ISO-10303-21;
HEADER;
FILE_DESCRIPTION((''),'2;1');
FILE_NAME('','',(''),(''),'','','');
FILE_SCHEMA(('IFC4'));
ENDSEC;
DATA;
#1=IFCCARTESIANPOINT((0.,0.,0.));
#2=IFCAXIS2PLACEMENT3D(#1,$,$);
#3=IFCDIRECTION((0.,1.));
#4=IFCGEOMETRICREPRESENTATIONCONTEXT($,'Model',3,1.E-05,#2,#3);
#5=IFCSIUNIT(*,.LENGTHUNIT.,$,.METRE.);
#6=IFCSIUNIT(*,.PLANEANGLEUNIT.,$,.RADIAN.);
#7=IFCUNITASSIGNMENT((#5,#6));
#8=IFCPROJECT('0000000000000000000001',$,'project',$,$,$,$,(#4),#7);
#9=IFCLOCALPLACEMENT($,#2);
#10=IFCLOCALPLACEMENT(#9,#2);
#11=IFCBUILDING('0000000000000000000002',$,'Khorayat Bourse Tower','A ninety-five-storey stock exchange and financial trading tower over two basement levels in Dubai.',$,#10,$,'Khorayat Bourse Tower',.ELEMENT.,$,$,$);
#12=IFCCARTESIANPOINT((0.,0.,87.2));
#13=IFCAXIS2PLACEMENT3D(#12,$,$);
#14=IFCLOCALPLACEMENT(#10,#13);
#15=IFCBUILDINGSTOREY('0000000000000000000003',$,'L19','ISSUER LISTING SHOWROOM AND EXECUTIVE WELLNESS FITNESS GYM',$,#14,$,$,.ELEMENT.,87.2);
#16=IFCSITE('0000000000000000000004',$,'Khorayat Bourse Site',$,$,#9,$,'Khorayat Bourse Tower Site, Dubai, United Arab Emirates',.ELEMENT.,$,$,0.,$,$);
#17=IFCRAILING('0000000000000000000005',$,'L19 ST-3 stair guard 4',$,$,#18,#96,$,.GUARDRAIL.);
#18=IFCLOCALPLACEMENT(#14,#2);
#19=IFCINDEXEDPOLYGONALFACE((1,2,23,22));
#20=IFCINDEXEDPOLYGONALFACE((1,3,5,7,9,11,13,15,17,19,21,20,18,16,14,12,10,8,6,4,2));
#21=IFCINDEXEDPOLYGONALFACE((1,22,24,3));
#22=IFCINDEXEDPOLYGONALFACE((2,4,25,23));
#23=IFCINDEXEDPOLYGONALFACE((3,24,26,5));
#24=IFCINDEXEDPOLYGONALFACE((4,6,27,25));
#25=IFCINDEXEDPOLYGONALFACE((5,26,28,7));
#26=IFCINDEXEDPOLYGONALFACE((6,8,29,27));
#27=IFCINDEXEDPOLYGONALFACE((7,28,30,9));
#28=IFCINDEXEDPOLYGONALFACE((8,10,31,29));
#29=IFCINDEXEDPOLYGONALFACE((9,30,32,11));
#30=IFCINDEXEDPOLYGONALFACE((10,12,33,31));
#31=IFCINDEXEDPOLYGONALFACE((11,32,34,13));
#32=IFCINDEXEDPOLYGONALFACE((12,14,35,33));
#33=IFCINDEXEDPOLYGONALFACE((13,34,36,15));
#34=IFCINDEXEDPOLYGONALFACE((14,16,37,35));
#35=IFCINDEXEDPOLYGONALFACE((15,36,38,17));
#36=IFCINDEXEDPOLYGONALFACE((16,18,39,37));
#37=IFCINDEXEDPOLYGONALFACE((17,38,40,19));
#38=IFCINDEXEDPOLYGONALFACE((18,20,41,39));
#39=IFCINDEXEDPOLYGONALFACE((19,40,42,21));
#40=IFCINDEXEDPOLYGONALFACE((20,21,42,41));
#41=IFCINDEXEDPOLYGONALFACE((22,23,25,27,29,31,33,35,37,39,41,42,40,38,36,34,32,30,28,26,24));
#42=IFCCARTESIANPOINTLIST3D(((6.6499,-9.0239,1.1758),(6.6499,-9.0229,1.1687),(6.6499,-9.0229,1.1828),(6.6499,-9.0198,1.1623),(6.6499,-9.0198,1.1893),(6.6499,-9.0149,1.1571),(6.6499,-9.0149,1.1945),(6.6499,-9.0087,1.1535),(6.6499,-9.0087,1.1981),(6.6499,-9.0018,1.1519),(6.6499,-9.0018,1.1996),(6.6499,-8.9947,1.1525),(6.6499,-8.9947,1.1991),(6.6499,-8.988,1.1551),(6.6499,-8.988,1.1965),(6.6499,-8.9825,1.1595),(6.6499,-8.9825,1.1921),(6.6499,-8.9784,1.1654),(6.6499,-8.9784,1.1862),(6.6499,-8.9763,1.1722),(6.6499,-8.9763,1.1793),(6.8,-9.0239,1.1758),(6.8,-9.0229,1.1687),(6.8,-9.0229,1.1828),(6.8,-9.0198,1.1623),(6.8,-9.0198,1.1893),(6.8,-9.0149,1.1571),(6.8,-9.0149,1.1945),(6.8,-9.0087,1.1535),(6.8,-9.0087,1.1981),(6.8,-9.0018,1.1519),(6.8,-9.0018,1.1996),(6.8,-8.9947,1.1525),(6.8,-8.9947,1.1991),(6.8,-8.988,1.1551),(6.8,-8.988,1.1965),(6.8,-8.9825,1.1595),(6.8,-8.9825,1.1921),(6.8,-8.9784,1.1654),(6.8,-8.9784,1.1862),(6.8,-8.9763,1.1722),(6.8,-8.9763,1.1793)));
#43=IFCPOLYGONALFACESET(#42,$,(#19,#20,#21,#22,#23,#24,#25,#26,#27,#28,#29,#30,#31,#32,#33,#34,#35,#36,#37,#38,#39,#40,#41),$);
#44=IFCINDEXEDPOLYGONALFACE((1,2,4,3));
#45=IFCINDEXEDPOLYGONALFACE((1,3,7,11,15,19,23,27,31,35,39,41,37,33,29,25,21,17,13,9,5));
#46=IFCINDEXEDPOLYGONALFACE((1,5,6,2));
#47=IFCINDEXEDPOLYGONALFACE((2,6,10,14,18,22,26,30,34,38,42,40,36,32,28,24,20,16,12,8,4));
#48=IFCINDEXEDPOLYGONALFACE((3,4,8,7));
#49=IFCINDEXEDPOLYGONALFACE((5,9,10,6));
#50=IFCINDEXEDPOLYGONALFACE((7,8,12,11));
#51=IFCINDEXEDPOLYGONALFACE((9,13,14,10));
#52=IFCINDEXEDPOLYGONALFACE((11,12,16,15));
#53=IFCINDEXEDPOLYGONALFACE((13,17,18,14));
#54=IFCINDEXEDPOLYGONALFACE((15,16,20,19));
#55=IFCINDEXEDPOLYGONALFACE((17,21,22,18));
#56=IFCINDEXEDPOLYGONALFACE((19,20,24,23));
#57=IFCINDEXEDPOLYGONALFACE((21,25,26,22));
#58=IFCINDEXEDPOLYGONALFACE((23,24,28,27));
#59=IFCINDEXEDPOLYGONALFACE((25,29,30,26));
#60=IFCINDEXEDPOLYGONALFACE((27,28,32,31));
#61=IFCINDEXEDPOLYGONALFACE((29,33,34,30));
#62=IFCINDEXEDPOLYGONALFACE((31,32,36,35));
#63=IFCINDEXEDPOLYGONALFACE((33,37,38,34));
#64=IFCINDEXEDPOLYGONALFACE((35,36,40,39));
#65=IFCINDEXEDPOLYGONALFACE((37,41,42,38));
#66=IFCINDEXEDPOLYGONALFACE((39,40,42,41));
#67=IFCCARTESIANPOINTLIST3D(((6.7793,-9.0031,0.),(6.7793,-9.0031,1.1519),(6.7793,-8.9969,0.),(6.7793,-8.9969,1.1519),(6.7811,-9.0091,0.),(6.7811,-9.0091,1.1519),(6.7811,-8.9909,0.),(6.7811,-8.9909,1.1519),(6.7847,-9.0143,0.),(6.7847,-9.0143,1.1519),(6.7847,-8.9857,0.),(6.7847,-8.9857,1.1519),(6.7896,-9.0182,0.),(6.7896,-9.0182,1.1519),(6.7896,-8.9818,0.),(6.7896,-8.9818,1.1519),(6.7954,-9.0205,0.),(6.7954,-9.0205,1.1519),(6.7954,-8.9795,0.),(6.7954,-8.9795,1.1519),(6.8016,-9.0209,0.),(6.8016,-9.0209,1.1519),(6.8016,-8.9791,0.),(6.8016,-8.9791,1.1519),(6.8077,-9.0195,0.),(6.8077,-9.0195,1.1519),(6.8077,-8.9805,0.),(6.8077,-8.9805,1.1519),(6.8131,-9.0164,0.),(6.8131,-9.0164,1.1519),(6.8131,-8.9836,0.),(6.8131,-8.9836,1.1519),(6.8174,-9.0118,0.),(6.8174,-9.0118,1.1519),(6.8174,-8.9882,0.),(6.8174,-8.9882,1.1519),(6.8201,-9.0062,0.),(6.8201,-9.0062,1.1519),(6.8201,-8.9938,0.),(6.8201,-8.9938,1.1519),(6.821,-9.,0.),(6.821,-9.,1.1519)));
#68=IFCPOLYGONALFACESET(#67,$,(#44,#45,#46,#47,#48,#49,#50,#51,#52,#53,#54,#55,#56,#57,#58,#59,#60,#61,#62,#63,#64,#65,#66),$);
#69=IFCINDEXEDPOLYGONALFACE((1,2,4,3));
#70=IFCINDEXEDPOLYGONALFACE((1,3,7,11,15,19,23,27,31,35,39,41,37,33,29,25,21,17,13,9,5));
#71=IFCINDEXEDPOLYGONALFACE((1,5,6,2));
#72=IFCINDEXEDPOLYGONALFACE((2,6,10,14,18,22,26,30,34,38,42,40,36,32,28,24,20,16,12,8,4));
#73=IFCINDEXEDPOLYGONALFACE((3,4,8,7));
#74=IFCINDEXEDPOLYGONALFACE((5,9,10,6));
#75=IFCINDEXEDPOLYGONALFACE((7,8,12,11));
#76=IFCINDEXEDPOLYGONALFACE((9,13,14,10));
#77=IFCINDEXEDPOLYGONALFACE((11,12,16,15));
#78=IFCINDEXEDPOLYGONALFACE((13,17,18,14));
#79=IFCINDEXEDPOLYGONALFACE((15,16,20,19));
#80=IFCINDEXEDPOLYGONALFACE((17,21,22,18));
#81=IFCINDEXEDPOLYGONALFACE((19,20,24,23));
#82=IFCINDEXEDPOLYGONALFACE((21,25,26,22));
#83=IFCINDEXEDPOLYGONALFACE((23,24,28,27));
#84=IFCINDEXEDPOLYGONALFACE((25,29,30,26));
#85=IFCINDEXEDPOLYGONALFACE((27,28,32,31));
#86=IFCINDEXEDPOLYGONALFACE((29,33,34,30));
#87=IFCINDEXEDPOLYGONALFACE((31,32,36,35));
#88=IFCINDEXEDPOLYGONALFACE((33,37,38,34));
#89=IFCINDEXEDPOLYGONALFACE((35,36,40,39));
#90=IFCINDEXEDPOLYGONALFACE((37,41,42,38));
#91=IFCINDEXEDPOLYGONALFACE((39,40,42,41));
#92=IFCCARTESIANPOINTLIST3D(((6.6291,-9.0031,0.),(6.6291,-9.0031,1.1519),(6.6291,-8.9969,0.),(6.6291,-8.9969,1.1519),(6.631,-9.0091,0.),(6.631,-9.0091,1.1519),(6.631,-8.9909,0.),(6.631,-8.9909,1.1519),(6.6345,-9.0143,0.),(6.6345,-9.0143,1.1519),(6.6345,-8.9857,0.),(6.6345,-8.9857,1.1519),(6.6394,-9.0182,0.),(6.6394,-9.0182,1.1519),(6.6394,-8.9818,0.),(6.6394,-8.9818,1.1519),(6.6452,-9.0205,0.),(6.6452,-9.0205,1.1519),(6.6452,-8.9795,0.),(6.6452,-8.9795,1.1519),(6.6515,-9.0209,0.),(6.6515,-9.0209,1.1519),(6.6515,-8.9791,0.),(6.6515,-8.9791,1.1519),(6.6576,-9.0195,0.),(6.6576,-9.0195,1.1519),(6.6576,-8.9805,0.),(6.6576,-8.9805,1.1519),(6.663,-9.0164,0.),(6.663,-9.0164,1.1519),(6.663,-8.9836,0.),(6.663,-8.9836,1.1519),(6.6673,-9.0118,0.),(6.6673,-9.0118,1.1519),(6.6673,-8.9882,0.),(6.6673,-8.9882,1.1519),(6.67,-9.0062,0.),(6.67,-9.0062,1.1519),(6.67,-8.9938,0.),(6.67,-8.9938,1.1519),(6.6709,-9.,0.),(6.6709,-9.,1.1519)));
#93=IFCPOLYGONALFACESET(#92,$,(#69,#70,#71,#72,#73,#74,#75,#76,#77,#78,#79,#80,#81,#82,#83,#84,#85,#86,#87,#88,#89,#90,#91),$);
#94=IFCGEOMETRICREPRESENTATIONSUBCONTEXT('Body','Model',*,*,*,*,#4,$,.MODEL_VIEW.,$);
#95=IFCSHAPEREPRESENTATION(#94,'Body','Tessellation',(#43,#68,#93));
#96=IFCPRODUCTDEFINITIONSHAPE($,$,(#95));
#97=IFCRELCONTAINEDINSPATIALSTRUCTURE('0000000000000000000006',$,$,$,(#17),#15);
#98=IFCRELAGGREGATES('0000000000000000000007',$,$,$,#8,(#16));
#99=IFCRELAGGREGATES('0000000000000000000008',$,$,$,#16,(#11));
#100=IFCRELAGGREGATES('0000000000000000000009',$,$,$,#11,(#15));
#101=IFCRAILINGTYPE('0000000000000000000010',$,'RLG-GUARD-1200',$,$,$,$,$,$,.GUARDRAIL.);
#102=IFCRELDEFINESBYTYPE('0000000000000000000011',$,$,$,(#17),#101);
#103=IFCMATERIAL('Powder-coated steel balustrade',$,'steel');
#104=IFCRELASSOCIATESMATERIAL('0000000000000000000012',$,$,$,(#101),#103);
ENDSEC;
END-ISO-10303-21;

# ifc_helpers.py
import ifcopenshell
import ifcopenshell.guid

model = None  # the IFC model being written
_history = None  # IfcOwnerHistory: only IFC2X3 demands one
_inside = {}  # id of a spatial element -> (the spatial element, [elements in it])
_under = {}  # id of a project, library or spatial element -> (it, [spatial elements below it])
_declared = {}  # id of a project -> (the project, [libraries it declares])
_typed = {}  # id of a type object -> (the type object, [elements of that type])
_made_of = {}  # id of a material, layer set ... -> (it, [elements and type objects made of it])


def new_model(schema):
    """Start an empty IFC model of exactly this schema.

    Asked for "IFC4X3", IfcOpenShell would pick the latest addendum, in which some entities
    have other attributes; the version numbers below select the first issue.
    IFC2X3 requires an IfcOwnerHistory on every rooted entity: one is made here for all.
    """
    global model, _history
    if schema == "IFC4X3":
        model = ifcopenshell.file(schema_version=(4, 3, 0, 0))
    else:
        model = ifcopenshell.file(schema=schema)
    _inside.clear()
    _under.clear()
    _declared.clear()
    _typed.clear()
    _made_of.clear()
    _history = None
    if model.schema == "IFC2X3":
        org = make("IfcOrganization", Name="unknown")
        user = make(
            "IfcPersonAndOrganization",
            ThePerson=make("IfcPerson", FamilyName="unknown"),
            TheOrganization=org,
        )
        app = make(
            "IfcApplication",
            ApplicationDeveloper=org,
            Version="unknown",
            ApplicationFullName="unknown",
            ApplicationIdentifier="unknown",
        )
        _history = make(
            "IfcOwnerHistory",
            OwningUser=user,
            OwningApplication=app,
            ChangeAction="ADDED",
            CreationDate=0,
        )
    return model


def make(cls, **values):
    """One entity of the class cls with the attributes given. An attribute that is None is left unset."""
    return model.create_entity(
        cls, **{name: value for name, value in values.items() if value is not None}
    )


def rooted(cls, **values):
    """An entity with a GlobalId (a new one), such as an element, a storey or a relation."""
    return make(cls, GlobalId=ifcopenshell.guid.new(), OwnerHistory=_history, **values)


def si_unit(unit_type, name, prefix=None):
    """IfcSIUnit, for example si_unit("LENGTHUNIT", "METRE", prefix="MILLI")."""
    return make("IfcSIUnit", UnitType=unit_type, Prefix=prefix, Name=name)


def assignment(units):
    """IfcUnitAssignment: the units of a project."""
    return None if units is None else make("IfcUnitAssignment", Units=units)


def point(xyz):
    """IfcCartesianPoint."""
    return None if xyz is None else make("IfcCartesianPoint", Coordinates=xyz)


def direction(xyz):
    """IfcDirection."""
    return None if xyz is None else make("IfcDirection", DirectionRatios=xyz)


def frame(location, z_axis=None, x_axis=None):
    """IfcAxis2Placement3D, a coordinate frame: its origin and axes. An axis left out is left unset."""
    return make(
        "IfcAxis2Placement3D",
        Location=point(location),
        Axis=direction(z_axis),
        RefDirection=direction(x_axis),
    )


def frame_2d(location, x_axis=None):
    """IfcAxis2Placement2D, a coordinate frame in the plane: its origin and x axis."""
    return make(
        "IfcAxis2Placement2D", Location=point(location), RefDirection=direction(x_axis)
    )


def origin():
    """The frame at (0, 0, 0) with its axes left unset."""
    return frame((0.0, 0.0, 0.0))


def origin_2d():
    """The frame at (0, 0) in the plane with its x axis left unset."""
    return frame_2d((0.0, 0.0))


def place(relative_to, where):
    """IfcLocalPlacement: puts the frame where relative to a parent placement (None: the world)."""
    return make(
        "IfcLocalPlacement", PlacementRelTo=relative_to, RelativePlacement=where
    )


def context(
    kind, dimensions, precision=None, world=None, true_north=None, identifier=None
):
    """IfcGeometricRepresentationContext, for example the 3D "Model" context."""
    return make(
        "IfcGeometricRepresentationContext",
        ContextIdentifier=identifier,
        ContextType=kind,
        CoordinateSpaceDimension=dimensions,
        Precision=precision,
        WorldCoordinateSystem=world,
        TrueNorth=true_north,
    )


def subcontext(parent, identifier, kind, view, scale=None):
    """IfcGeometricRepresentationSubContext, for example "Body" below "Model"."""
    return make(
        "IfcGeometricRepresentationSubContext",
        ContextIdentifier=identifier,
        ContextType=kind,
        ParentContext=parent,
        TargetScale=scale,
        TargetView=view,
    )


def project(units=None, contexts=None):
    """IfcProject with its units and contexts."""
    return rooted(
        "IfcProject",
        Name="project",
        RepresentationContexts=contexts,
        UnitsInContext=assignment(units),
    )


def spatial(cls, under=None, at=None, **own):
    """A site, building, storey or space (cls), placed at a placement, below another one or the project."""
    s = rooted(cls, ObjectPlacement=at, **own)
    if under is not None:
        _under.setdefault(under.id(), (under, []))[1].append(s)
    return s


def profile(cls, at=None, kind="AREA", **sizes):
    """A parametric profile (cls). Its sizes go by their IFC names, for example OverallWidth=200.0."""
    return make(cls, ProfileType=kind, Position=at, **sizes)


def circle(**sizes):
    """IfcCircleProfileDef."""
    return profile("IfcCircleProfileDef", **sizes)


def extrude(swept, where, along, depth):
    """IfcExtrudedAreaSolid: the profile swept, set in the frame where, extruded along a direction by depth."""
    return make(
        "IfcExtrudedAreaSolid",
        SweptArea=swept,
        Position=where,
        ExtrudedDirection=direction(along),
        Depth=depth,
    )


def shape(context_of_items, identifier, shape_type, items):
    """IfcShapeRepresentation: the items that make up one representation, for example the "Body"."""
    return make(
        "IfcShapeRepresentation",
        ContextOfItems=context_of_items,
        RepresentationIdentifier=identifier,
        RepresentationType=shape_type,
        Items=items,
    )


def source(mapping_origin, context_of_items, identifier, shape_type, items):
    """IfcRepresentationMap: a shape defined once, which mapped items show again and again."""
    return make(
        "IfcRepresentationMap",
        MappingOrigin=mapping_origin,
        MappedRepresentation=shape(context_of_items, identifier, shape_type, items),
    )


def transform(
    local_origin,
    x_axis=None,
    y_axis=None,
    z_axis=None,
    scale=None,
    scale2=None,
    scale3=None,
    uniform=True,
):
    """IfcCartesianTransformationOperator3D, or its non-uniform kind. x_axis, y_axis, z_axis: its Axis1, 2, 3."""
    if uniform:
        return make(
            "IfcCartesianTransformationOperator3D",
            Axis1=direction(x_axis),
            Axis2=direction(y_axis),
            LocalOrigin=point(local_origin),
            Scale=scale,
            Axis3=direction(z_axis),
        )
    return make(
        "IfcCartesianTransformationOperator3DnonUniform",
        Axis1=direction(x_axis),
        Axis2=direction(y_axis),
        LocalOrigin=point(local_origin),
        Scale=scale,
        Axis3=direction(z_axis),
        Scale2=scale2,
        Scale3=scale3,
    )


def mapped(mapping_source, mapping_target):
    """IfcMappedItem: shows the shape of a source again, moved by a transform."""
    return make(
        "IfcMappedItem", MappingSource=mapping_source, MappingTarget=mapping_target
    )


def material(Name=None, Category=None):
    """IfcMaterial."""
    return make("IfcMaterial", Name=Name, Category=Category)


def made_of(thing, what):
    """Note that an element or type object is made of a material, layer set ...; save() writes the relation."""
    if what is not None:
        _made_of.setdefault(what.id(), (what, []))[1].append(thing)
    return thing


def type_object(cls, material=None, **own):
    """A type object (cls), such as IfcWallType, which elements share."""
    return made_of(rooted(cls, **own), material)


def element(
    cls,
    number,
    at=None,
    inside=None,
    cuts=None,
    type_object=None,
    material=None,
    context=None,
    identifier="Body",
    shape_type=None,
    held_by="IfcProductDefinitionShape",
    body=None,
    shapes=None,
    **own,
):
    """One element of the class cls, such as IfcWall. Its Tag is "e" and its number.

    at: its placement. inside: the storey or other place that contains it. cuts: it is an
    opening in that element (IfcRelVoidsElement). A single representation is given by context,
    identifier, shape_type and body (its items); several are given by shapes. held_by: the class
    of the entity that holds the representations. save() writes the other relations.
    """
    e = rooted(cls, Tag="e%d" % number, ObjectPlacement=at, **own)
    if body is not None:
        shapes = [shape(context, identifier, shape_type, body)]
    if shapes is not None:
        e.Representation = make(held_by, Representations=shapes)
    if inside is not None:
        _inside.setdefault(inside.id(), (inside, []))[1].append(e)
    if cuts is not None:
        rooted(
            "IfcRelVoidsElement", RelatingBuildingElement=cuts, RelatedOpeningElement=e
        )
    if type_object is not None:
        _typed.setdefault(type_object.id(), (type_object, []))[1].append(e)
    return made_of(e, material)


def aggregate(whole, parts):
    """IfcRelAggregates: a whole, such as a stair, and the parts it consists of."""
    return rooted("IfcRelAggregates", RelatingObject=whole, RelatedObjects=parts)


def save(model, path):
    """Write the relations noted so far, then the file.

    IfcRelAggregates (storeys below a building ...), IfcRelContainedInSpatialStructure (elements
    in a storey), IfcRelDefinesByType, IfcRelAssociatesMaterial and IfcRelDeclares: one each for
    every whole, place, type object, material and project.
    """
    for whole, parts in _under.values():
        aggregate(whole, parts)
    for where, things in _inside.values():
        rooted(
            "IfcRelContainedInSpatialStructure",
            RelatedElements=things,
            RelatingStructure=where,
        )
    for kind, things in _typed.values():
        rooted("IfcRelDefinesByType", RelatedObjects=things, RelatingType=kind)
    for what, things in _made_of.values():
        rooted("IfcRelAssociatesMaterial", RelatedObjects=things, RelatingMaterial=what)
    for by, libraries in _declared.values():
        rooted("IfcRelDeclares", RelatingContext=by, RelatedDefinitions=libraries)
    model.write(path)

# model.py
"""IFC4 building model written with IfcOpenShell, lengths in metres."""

from ifc_helpers import new_model, si_unit, direction, frame, origin, origin_2d, place, context, subcontext, project, spatial, circle, extrude, source, transform, mapped, material, type_object, element, save


model = new_model("IFC4")

# Units and contexts
model_context = context("Model", 3, precision=1e-05, world=origin(), true_north=direction((0.0, 1.0)))
body_context = subcontext(model_context, "Body", "Model", "MODEL_VIEW")
ifc_project = project(units=[si_unit("LENGTHUNIT", "METRE"), si_unit("PLANEANGLEUNIT", "RADIAN")], contexts=[model_context])

# Site, building, storey
site_placement = place(None, origin())
site = spatial("IfcSite", under=ifc_project, at=site_placement, Name="Khorayat Bourse Site", LongName="Khorayat Bourse Tower Site, Dubai, United Arab Emirates", CompositionType="ELEMENT", RefElevation=0.0)
building_placement = place(site_placement, origin())
building = spatial("IfcBuilding", under=site, at=building_placement, Name="Khorayat Bourse Tower", Description="A ninety-five-storey stock exchange and financial trading tower over two basement levels in Dubai.", LongName="Khorayat Bourse Tower", CompositionType="ELEMENT")
storey_placement = place(building_placement, frame((0.0, 0.0, 87.2)))
storey = spatial("IfcBuildingStorey", under=building, at=storey_placement, Name="L19", Description="ISSUER LISTING SHOWROOM AND EXECUTIVE WELLNESS FITNESS GYM", CompositionType="ELEMENT", Elevation=87.2)

# Railing
ifc_material_1 = material(Name="Powder-coated steel balustrade", Category="steel")
railing_type_1 = type_object("IfcRailingType", Name="RLG-GUARD-1200", PredefinedType="GUARDRAIL", material=ifc_material_1)
shared_shape_1 = source(origin(), body_context, "Body", "SweptSolid", [
    extrude(circle(Radius=0.0239, at=origin_2d()), frame((0.0, 0.0, 1.1758), z_axis=(-1.0, 0.0, 0.0), x_axis=(0.0, -1.0, 0.0)), (0.0, 0.0, 1.0), 0.1501),
    extrude(circle(Radius=0.021, at=origin_2d()), origin(), (0.0, 0.0, 1.0), 1.1519),
    extrude(circle(Radius=0.021, at=origin_2d()), frame((-0.1501, 0.0, 0.0)), (0.0, 0.0, 1.0), 1.1519),
])
for number, where, name in (
    (1, (6.8, -9.0, 0.0), "L19 ST-3 stair guard 4"),
):
    element("IfcRailing", number, at=place(storey_placement, frame(where)), inside=storey, type_object=railing_type_1, Name=name, PredefinedType="GUARDRAIL", context=body_context, shape_type="MappedRepresentation", body=[
        mapped(shared_shape_1, transform((0.0, 0.0, 0.0), scale=1.0)),
    ])

save(model, "model.ifc")
